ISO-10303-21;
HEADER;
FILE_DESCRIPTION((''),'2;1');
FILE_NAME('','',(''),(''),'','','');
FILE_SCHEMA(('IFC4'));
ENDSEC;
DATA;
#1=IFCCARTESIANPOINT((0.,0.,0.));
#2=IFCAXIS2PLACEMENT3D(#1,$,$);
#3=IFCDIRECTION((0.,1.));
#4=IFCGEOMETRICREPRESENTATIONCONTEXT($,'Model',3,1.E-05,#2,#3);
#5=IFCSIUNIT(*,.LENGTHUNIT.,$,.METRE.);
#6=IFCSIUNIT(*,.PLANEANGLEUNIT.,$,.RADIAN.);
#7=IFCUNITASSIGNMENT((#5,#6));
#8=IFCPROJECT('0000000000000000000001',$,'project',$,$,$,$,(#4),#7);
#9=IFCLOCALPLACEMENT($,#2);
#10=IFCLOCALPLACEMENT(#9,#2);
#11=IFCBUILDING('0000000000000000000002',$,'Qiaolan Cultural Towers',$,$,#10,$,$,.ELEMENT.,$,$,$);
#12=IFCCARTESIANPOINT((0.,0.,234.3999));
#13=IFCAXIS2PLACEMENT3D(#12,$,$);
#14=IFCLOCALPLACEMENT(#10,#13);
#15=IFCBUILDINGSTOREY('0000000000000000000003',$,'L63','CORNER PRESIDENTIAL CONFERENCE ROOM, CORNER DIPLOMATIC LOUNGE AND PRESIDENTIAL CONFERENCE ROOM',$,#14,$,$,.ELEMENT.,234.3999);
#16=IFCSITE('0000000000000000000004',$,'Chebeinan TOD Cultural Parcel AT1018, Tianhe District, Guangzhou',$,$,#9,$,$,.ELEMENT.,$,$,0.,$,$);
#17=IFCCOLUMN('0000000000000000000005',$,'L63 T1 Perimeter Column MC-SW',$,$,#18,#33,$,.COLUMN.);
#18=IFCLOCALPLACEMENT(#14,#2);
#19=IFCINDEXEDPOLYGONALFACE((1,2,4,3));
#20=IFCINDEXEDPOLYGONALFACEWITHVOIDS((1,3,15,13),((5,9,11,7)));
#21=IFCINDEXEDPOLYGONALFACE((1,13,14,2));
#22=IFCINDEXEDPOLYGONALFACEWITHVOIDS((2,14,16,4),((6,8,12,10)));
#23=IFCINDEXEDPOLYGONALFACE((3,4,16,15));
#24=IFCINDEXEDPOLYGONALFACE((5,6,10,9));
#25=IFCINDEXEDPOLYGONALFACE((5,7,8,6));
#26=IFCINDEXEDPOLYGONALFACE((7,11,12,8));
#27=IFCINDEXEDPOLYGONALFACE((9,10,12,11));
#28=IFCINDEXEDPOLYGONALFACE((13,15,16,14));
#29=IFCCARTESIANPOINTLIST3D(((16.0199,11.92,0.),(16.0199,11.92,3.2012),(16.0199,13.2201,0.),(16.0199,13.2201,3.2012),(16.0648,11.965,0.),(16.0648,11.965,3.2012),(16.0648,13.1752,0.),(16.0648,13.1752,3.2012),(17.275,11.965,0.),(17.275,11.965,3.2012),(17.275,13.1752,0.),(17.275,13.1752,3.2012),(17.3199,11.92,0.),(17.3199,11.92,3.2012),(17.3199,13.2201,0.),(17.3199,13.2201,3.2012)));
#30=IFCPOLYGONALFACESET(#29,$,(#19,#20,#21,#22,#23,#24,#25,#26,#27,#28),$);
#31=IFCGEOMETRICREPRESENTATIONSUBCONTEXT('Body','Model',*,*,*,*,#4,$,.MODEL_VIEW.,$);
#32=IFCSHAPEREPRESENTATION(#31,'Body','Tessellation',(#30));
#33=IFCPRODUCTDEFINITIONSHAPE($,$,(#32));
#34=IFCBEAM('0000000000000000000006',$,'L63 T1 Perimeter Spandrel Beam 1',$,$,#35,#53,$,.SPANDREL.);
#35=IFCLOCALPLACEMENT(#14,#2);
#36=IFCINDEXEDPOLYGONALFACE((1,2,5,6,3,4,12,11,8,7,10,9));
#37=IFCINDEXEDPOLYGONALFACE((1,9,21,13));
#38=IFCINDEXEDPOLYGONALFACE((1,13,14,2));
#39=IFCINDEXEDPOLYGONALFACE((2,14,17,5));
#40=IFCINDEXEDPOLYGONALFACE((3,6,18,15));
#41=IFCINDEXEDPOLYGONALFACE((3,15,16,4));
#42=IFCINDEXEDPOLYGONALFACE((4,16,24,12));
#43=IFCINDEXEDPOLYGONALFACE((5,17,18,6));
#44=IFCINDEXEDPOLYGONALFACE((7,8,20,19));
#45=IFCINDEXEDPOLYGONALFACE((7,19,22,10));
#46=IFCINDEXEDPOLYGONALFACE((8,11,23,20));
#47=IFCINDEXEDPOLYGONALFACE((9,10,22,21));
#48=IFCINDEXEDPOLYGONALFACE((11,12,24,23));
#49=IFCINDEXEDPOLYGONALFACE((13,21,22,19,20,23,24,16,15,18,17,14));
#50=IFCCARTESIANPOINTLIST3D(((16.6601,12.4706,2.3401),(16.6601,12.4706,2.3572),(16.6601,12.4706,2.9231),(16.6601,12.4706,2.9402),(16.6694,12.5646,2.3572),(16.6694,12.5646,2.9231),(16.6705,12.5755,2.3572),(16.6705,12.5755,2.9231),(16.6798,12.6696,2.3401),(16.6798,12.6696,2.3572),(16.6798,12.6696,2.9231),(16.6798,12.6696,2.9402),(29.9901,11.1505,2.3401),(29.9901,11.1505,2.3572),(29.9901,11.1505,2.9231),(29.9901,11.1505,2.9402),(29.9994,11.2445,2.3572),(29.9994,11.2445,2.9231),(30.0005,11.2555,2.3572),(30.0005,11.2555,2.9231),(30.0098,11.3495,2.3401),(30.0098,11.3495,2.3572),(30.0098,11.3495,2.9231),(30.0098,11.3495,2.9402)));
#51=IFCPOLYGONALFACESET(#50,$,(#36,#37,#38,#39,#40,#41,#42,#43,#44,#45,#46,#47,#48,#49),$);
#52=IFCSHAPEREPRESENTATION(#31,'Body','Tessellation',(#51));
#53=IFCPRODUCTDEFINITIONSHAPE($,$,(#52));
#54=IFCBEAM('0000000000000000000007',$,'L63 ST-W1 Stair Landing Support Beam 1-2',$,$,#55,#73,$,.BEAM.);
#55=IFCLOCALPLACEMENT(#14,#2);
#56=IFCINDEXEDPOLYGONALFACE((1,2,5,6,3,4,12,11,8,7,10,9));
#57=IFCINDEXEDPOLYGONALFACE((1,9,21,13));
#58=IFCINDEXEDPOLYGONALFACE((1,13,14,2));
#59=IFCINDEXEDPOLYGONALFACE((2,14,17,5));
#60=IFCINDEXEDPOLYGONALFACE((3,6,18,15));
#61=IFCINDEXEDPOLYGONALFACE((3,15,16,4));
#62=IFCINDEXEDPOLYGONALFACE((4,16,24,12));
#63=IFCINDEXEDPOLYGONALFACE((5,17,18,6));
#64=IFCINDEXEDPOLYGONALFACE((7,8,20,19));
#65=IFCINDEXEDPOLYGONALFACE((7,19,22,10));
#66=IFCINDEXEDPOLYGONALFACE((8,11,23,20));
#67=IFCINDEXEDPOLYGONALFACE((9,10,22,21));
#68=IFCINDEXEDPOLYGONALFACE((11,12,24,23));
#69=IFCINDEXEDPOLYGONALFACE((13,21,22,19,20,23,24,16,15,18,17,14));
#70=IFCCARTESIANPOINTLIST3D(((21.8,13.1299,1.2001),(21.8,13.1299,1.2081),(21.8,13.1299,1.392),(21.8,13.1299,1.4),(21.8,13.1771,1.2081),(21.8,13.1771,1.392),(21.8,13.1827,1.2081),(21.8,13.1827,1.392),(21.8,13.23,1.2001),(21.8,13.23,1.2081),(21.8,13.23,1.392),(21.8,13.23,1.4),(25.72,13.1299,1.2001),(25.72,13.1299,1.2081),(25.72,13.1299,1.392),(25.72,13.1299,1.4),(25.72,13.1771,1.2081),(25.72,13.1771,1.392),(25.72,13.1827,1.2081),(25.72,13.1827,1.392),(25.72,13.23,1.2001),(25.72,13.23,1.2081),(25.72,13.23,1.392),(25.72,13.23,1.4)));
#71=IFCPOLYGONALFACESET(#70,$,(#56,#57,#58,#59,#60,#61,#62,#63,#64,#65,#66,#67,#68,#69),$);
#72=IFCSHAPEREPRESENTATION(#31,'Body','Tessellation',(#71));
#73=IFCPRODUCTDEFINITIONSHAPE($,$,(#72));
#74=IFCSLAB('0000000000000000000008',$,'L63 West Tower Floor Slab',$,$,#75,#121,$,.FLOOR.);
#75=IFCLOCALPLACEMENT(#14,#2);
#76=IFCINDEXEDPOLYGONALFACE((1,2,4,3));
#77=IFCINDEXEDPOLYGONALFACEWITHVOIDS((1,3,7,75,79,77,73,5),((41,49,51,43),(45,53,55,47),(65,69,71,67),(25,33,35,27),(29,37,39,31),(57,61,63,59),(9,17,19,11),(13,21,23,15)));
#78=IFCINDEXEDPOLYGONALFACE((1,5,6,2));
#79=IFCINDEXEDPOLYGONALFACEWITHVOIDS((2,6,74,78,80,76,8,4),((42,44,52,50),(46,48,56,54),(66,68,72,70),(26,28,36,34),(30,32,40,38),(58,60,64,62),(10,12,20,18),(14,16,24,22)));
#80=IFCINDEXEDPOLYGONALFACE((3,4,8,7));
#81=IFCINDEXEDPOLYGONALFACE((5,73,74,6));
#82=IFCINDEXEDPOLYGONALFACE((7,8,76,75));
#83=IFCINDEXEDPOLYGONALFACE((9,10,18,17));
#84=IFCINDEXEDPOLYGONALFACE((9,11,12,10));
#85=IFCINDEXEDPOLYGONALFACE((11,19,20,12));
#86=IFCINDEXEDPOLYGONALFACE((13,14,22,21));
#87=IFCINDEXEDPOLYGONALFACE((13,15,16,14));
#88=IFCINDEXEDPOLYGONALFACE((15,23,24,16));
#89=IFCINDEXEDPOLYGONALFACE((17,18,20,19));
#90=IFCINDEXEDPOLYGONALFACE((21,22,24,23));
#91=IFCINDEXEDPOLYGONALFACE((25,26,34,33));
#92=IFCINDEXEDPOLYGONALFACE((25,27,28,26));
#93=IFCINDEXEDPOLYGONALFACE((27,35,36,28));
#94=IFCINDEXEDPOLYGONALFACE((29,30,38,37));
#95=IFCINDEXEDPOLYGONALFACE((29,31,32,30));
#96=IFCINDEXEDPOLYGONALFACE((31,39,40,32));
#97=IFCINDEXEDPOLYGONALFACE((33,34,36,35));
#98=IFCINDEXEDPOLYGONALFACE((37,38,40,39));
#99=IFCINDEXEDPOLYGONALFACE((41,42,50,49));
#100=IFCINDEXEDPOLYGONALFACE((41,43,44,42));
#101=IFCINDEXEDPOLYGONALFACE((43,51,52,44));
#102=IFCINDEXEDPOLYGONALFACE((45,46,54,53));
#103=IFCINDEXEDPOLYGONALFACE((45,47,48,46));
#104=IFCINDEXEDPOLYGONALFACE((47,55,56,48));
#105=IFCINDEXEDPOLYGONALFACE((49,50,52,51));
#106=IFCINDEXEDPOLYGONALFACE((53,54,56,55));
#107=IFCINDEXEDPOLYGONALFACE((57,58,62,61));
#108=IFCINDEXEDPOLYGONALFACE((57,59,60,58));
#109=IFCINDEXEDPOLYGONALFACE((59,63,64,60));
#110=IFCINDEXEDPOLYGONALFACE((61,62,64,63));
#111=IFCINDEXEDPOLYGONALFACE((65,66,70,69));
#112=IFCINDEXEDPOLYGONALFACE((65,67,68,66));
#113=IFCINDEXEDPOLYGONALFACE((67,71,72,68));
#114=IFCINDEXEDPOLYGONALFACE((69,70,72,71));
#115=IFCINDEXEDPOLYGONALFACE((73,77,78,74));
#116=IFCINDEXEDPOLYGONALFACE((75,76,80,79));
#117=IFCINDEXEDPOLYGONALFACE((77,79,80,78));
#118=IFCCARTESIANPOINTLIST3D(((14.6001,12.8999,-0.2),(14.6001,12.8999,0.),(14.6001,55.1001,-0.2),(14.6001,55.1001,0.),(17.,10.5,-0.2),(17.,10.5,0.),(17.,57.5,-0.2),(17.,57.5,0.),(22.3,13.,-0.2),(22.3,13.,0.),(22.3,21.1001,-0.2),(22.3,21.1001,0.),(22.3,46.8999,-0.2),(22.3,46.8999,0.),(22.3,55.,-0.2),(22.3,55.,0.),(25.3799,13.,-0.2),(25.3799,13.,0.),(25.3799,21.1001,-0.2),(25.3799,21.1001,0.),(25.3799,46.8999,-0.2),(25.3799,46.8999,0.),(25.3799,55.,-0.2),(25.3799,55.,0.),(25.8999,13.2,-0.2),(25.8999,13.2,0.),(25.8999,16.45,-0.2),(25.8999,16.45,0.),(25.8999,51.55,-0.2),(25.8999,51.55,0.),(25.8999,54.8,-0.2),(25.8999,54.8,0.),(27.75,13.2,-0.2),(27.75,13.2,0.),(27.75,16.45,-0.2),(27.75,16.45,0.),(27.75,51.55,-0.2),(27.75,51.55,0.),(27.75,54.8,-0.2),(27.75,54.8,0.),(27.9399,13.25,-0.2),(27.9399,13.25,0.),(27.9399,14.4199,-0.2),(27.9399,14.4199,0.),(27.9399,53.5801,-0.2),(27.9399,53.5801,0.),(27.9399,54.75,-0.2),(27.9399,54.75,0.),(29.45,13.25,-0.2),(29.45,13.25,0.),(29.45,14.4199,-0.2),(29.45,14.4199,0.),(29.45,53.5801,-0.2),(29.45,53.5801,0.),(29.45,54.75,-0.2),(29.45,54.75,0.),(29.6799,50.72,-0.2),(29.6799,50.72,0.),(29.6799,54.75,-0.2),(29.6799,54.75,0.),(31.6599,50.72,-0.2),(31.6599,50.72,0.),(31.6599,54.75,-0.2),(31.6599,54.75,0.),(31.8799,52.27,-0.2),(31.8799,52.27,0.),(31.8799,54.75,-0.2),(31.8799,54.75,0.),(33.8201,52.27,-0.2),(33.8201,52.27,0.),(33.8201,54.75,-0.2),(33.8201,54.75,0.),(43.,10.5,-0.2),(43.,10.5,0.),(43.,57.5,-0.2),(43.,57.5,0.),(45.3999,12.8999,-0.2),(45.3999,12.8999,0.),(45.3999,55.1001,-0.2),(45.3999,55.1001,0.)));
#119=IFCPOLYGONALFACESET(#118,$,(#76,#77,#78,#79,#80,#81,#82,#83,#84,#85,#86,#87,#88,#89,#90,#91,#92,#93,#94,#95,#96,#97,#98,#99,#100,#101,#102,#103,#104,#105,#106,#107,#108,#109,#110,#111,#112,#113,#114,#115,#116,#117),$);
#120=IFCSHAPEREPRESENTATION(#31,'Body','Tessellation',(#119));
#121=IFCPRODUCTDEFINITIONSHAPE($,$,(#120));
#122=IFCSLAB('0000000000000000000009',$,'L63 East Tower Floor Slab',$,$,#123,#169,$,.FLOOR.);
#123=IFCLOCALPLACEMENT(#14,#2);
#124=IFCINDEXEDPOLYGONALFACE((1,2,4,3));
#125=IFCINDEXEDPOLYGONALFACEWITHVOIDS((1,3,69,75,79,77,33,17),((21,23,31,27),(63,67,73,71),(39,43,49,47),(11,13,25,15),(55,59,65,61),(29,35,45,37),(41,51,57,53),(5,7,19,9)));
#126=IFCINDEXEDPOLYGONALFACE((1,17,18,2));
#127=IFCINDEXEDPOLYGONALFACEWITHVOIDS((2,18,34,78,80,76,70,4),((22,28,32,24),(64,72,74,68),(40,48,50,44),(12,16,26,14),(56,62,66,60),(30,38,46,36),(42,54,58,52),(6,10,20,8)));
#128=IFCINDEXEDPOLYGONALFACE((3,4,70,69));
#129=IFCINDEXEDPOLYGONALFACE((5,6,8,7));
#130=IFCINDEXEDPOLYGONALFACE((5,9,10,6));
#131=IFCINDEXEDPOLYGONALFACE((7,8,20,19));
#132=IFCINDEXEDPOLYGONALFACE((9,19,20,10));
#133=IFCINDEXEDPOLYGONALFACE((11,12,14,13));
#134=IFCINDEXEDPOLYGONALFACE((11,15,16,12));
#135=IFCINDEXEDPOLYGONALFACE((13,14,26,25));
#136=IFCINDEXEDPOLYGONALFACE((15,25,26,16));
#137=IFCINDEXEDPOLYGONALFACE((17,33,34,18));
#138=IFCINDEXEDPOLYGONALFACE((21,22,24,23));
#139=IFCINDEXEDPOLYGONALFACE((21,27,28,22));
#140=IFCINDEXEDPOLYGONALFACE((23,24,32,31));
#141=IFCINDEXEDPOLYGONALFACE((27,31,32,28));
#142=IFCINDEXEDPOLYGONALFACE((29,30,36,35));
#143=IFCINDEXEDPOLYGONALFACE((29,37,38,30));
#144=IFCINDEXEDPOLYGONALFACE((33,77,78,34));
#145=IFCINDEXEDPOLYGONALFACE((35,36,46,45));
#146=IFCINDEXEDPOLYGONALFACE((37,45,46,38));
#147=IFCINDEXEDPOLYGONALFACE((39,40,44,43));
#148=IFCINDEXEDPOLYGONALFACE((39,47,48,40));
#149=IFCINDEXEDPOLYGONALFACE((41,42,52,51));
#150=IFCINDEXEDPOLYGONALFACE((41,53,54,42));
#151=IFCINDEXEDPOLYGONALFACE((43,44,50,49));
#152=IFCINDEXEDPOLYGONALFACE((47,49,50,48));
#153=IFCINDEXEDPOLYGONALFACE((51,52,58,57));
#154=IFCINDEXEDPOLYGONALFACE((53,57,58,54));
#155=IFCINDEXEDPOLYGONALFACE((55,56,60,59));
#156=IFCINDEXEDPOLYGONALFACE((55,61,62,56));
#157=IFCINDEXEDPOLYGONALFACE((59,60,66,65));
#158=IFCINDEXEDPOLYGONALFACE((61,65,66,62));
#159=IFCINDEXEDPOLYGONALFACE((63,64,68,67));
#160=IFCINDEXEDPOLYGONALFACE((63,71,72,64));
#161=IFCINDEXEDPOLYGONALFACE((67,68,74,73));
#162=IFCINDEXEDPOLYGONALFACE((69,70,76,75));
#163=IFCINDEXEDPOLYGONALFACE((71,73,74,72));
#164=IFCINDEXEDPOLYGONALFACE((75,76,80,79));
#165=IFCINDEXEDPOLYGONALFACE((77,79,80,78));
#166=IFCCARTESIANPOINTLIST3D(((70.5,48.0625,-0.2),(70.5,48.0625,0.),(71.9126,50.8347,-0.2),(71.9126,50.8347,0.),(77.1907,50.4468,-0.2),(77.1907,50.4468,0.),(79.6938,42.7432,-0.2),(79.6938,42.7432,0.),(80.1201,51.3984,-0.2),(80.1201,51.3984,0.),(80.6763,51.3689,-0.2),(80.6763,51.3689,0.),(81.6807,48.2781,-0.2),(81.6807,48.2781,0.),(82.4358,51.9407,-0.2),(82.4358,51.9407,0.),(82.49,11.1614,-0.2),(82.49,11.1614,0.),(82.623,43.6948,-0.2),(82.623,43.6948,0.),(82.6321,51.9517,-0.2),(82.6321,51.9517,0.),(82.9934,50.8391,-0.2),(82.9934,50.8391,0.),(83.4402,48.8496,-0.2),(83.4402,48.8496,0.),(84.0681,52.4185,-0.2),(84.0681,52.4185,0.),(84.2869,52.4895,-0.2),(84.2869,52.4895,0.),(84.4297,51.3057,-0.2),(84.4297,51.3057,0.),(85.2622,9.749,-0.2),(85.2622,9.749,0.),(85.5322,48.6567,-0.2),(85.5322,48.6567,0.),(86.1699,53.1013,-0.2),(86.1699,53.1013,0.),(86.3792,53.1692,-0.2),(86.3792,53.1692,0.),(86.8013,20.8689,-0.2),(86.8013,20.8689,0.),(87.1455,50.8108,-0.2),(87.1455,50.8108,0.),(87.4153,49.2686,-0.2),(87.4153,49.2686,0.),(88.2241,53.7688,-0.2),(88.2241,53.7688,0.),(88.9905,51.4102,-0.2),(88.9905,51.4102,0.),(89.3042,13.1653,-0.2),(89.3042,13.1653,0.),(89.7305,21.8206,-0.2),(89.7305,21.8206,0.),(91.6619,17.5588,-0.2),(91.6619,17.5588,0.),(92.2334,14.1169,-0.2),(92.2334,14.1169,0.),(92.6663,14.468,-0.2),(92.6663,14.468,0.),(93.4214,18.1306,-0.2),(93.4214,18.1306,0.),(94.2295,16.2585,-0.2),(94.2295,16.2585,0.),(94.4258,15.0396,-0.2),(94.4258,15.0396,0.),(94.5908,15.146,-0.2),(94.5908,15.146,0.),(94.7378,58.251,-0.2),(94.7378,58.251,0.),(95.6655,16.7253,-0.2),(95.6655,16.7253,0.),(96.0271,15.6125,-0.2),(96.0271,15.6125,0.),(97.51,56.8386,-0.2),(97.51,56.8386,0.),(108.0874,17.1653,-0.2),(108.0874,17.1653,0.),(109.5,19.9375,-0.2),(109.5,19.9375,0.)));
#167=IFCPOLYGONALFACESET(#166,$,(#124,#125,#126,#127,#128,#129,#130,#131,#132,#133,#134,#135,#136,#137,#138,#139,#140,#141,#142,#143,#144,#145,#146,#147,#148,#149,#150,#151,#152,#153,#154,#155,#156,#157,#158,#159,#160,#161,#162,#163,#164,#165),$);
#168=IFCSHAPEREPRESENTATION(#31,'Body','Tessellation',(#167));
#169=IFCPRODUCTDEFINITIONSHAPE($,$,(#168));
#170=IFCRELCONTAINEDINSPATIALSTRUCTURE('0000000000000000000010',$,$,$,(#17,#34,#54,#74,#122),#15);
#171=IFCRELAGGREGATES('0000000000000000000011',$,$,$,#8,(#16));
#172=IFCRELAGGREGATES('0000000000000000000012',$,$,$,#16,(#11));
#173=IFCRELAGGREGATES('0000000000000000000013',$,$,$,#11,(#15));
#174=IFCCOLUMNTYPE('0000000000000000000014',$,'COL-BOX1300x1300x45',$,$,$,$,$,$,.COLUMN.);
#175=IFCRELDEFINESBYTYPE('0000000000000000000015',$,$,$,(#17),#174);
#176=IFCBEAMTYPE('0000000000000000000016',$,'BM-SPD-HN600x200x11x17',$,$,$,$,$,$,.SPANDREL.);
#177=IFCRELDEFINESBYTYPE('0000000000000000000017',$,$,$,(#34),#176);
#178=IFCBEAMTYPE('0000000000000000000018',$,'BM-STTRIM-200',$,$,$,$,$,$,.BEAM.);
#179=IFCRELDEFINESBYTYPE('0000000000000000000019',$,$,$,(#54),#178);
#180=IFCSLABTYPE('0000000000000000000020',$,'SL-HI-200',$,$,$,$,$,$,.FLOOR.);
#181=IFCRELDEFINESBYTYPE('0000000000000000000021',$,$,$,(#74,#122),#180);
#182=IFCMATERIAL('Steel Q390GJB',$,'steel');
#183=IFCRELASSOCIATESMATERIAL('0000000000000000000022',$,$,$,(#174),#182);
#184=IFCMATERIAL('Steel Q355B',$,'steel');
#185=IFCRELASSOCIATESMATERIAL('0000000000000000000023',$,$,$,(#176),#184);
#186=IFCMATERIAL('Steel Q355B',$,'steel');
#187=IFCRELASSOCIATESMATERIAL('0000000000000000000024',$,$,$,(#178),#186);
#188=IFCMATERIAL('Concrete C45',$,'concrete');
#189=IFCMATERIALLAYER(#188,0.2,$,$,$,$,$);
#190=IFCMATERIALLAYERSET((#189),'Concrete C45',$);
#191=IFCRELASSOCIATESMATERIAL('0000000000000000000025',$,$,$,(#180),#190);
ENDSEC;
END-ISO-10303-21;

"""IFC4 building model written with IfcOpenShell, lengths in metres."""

from ifc_helpers import new_model, si_unit, direction, frame, origin, origin_2d, place, context, subcontext, project, spatial, polyline, hollow_rectangle, i_section, outline, extrude, material, layer, layer_set, material_profile, profile_set, type_object, element, save


model = new_model("IFC4")

# Units and contexts
model_context = context("Model", 3, precision=1e-05, world=origin(), true_north=direction((0.0, 1.0)))
body_context = subcontext(model_context, "Body", "Model", "MODEL_VIEW")
ifc_project = project(units=[si_unit("LENGTHUNIT", "METRE"), si_unit("PLANEANGLEUNIT", "RADIAN")], contexts=[model_context])

# Site, building, storey
site_placement = place(None, origin())
site = spatial("IfcSite", under=ifc_project, at=site_placement, Name="Chebeinan TOD Cultural Parcel AT1018, Tianhe District, Guangzhou", CompositionType="ELEMENT", RefElevation=0.0)
building_placement = place(site_placement, origin())
building = spatial("IfcBuilding", under=site, at=building_placement, Name="Qiaolan Cultural Towers", CompositionType="ELEMENT")
storey_placement = place(building_placement, frame((0.0, 0.0, 234.3999)))
storey = spatial("IfcBuildingStorey", under=building, at=storey_placement, Name="L63", Description="CORNER PRESIDENTIAL CONFERENCE ROOM, CORNER DIPLOMATIC LOUNGE AND PRESIDENTIAL CONFERENCE ROOM", CompositionType="ELEMENT", Elevation=234.3999)

# Column
ifc_material_1 = material(Name="Steel Q390GJB", Category="steel")
ifc_material_profile_1 = material_profile(ifc_material_1, hollow_rectangle(XDim=1.3, YDim=1.3, WallThickness=0.0449, at=origin_2d()), Name="BOX1300x1300x45")
ifc_profile_set_1 = profile_set([ifc_material_profile_1], Name="Steel Q390GJB")
column_type = type_object("IfcColumnType", Name="COL-BOX1300x1300x45", PredefinedType="COLUMN", material=ifc_profile_set_1)
column_placement = place(storey_placement, frame((16.6699, 12.5701, 0.0), z_axis=(0.0, 0.0, 1.0), x_axis=(1.0, 0.0, 0.0)))
element("IfcColumn", 1, at=column_placement, inside=storey, type_object=column_type, Name="L63 T1 Perimeter Column MC-SW", PredefinedType="COLUMN", context=body_context, shape_type="SweptSolid", body=[
    extrude(hollow_rectangle(XDim=1.3, YDim=1.3, WallThickness=0.0449, at=origin_2d()), origin(), (0.0, 0.0, 1.0), 3.2012),
])

# Beams
ifc_material_2 = material(Name="Steel Q355B", Category="steel")
ifc_material_profile_2 = material_profile(ifc_material_2, i_section(OverallWidth=0.2, OverallDepth=0.6001, WebThickness=0.011, FlangeThickness=0.0171, at=origin_2d()), Name="HN600x200x11x17")
ifc_profile_set_2 = profile_set([ifc_material_profile_2], Name="Steel Q355B")
beam_type_1 = type_object("IfcBeamType", Name="BM-SPD-HN600x200x11x17", PredefinedType="SPANDREL", material=ifc_profile_set_2)
beam_1_placement = place(storey_placement, frame((16.6699, 12.5701, 2.6401), z_axis=(0.995132, -0.098547, 0.0), x_axis=(0.098547, 0.995132, 0.0)))
element("IfcBeam", 2, at=beam_1_placement, inside=storey, type_object=beam_type_1, Name="L63 T1 Perimeter Spandrel Beam 1", PredefinedType="SPANDREL", context=body_context, shape_type="SweptSolid", body=[
    extrude(i_section(OverallWidth=0.2, OverallDepth=0.6001, WebThickness=0.011, FlangeThickness=0.0171, at=origin_2d()), origin(), (0.0, 0.0, 1.0), 13.3953),
])
ifc_material_3 = material(Name="Steel Q355B", Category="steel")
ifc_material_profile_3 = material_profile(ifc_material_3, i_section(OverallWidth=0.1001, OverallDepth=0.2, WebThickness=0.0056, FlangeThickness=0.0081, at=origin_2d()), Name="HN200x100x5.5x8")
ifc_profile_set_3 = profile_set([ifc_material_profile_3], Name="Steel Q355B")
beam_type_2 = type_object("IfcBeamType", Name="BM-STTRIM-200", PredefinedType="BEAM", material=ifc_profile_set_3)
beam_2_placement = place(storey_placement, frame((21.8, 13.1799, 1.3), z_axis=(1.0, 0.0, 0.0), x_axis=(0.0, 1.0, 0.0)))
element("IfcBeam", 3, at=beam_2_placement, inside=storey, type_object=beam_type_2, Name="L63 ST-W1 Stair Landing Support Beam 1-2", PredefinedType="BEAM", context=body_context, shape_type="SweptSolid", body=[
    extrude(i_section(OverallWidth=0.1001, OverallDepth=0.2, WebThickness=0.0056, FlangeThickness=0.0081, at=origin_2d()), origin(), (0.0, 0.0, 1.0), 3.9199),
])

# Slabs
ifc_material_4 = material(Name="Concrete C45", Category="concrete")
ifc_layer_1 = layer(ifc_material_4, 0.2)
ifc_layer_set_1 = layer_set([ifc_layer_1], Name="Concrete C45")
slab_type_1 = type_object("IfcSlabType", Name="SL-HI-200", PredefinedType="FLOOR", material=ifc_layer_set_1)
slab_1_placement = place(storey_placement, frame((0.0, 0.0, -0.2)))
element("IfcSlab", 4, at=slab_1_placement, inside=storey, type_object=slab_type_1, Name="L63 West Tower Floor Slab", PredefinedType="FLOOR", context=body_context, shape_type="SweptSolid", body=[
    extrude(outline(polyline([(17.0, 10.5), (43.0, 10.5), (45.3999, 12.8999), (45.3999, 55.1001), (43.0, 57.5), (17.0, 57.5), (14.6001, 55.1001), (14.6001, 12.8999), (17.0, 10.5)]), holes=[polyline([(22.3, 21.1001), (22.3, 13.0), (25.3799, 13.0), (25.3799, 21.1001), (22.3, 21.1001)]), polyline([(25.3799, 46.8999), (25.3799, 55.0), (22.3, 55.0), (22.3, 46.8999), (25.3799, 46.8999)]), polyline([(25.8999, 13.2), (27.75, 13.2), (27.75, 16.45), (25.8999, 16.45), (25.8999, 13.2)]), polyline([(27.9399, 13.25), (29.45, 13.25), (29.45, 14.4199), (27.9399, 14.4199), (27.9399, 13.25)]), polyline([(25.8999, 51.55), (27.75, 51.55), (27.75, 54.8), (25.8999, 54.8), (25.8999, 51.55)]), polyline([(27.9399, 53.5801), (29.45, 53.5801), (29.45, 54.75), (27.9399, 54.75), (27.9399, 53.5801)]), polyline([(31.8799, 52.27), (33.8201, 52.27), (33.8201, 54.75), (31.8799, 54.75), (31.8799, 52.27)]), polyline([(29.6799, 50.72), (31.6599, 50.72), (31.6599, 54.75), (29.6799, 54.75), (29.6799, 50.72)])]), origin(), (0.0, 0.0, 1.0), 0.2),
])
slab_2_placement = place(storey_placement, frame((0.0, 0.0, -0.2)))
element("IfcSlab", 5, at=slab_2_placement, inside=storey, type_object=slab_type_1, Name="L63 East Tower Floor Slab", PredefinedType="FLOOR", context=body_context, shape_type="SweptSolid", body=[
    extrude(outline(polyline([(85.2622, 9.749), (108.0874, 17.1653), (109.5, 19.9375), (97.51, 56.8386), (94.7378, 58.251), (71.9126, 50.8347), (70.5, 48.0625), (82.49, 11.1614), (85.2622, 9.749)]), holes=[polyline([(86.8013, 20.8689), (89.3042, 13.1653), (92.2334, 14.1169), (89.7305, 21.8206), (86.8013, 20.8689)]), polyline([(82.623, 43.6948), (80.1201, 51.3984), (77.1907, 50.4468), (79.6938, 42.7432), (82.623, 43.6948)]), polyline([(92.6663, 14.468), (94.4258, 15.0396), (93.4214, 18.1306), (91.6619, 17.5588), (92.6663, 14.468)]), polyline([(94.5908, 15.146), (96.0271, 15.6125), (95.6655, 16.7253), (94.2295, 16.2585), (94.5908, 15.146)]), polyline([(81.6807, 48.2781), (83.4402, 48.8496), (82.4358, 51.9407), (80.6763, 51.3689), (81.6807, 48.2781)]), polyline([(82.9934, 50.8391), (84.4297, 51.3057), (84.0681, 52.4185), (82.6321, 51.9517), (82.9934, 50.8391)]), polyline([(87.1455, 50.8108), (88.9905, 51.4102), (88.2241, 53.7688), (86.3792, 53.1692), (87.1455, 50.8108)]), polyline([(85.5322, 48.6567), (87.4153, 49.2686), (86.1699, 53.1013), (84.2869, 52.4895), (85.5322, 48.6567)])]), origin(), (0.0, 0.0, 1.0), 0.2),
])

save(model, "model.ifc")
